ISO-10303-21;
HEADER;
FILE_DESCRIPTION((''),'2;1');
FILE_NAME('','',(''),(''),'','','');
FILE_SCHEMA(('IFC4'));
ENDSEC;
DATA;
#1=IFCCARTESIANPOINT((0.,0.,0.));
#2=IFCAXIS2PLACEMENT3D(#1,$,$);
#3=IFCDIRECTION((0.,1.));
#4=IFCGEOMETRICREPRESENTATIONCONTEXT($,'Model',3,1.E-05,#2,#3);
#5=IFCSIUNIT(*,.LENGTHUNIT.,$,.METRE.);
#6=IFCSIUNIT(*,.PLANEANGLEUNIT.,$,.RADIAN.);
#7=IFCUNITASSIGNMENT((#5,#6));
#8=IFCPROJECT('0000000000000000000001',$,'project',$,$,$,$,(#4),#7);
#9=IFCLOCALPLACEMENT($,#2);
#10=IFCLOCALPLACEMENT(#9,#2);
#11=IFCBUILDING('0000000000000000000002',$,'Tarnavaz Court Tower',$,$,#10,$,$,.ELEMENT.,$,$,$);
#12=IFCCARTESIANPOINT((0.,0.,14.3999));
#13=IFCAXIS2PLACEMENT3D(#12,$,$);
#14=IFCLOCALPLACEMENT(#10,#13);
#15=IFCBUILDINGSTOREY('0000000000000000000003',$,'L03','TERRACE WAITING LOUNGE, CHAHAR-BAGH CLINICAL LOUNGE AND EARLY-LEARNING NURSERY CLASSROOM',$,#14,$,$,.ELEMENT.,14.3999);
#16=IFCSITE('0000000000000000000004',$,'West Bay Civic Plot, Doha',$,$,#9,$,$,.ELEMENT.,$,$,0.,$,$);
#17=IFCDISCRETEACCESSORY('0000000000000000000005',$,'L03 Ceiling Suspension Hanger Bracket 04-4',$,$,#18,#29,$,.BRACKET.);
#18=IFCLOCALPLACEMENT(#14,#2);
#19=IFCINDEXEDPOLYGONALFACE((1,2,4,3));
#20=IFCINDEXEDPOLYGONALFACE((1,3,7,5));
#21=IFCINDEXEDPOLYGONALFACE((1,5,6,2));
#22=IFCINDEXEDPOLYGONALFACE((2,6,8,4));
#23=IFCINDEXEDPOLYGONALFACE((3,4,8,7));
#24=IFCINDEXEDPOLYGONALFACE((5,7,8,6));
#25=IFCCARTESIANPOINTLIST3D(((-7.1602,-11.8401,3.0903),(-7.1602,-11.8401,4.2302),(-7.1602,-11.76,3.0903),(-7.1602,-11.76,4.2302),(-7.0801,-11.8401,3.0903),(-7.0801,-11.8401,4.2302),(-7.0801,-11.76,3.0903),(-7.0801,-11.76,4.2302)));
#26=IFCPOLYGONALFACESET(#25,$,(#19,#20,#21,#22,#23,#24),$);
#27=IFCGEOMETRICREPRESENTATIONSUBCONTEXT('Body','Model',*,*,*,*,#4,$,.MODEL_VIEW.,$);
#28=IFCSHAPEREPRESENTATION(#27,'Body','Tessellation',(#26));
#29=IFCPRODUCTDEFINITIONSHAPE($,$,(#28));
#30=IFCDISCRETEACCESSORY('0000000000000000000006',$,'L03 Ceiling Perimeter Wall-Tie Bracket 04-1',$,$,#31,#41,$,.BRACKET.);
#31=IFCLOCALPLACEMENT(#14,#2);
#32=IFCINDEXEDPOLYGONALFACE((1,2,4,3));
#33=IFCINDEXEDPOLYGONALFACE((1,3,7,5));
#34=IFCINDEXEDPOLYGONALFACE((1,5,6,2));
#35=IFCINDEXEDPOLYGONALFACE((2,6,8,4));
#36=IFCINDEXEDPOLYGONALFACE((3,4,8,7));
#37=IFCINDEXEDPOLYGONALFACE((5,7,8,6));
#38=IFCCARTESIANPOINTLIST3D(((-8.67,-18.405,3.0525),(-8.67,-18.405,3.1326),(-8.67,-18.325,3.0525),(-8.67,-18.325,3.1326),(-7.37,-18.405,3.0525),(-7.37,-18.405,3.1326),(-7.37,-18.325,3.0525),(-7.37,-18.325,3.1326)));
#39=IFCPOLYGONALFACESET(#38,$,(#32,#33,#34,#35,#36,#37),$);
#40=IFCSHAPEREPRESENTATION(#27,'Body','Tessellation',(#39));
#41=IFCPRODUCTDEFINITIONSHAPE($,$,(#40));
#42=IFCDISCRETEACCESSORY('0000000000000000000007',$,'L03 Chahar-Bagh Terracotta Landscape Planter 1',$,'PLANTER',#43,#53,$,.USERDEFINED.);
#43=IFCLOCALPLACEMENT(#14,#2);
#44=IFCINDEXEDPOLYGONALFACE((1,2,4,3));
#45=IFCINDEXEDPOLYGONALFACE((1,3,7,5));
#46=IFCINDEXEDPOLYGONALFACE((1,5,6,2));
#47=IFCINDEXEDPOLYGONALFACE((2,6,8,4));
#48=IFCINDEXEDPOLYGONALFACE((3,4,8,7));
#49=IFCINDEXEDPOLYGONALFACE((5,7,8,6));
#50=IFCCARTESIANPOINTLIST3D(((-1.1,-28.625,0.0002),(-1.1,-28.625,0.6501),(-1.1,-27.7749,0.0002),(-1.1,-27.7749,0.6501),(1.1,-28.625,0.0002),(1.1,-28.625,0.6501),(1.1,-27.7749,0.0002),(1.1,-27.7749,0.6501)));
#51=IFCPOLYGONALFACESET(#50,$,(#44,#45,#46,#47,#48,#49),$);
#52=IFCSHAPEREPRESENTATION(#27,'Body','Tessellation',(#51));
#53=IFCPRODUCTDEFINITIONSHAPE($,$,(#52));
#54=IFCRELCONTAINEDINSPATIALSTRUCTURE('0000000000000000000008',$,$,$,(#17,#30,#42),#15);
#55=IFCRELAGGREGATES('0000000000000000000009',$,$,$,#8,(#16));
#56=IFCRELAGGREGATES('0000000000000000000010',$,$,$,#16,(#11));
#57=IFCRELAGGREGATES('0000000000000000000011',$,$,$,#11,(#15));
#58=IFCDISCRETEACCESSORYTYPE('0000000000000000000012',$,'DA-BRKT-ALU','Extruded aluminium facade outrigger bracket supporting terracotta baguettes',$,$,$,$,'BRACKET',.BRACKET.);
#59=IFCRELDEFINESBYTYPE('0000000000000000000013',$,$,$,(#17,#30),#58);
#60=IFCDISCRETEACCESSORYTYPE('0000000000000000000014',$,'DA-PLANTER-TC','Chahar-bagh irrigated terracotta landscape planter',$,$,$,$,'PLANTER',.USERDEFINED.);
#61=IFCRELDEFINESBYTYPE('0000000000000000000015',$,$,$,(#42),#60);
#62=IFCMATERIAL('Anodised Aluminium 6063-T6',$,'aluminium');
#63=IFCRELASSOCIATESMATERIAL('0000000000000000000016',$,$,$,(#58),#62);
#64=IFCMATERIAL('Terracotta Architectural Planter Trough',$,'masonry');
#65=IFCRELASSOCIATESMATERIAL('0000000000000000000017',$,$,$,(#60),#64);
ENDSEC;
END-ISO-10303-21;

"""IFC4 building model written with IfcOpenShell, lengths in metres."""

from ifc_helpers import new_model, si_unit, direction, frame, origin, origin_2d, place, context, subcontext, project, spatial, rectangle, extrude, material, type_object, element, save


model = new_model("IFC4")

# Units and contexts
model_context = context("Model", 3, precision=1e-05, world=origin(), true_north=direction((0.0, 1.0)))
body_context = subcontext(model_context, "Body", "Model", "MODEL_VIEW")
ifc_project = project(units=[si_unit("LENGTHUNIT", "METRE"), si_unit("PLANEANGLEUNIT", "RADIAN")], contexts=[model_context])

# Site, building, storey
site_placement = place(None, origin())
site = spatial("IfcSite", under=ifc_project, at=site_placement, Name="West Bay Civic Plot, Doha", CompositionType="ELEMENT", RefElevation=0.0)
building_placement = place(site_placement, origin())
building = spatial("IfcBuilding", under=site, at=building_placement, Name="Tarnavaz Court Tower", CompositionType="ELEMENT")
storey_placement = place(building_placement, frame((0.0, 0.0, 14.3999)))
storey = spatial("IfcBuildingStorey", under=building, at=storey_placement, Name="L03", Description="TERRACE WAITING LOUNGE, CHAHAR-BAGH CLINICAL LOUNGE AND EARLY-LEARNING NURSERY CLASSROOM", CompositionType="ELEMENT", Elevation=14.3999)

# Discrete accessories
ifc_material_1 = material(Name="Anodised Aluminium 6063-T6", Category="aluminium")
discrete_accessory_type_1 = type_object("IfcDiscreteAccessoryType", Name="DA-BRKT-ALU", Description="Extruded aluminium facade outrigger bracket supporting terracotta baguettes", ElementType="BRACKET", PredefinedType="BRACKET", material=ifc_material_1)
for number, where, z_axis, x_axis, name in (
    (1, (-7.1201, -11.8, 3.0903), (0.0, 0.0, 1.0), (1.0, 0.0, 0.0), "L03 Ceiling Suspension Hanger Bracket 04-4"),
):
    element("IfcDiscreteAccessory", number, at=place(storey_placement, frame(where, z_axis=z_axis, x_axis=x_axis)), inside=storey, type_object=discrete_accessory_type_1, Name=name, PredefinedType="BRACKET", context=body_context, shape_type="SweptSolid", body=[
        extrude(rectangle(XDim=0.0801, YDim=0.0801, at=origin_2d()), origin(), (0.0, 0.0, 1.0), 1.1399),
    ])
discrete_accessory_1_placement = place(storey_placement, frame((-8.02, -18.365, 3.0525), z_axis=(0.0, 0.0, 1.0), x_axis=(1.0, 0.0, 0.0)))
element("IfcDiscreteAccessory", 2, at=discrete_accessory_1_placement, inside=storey, type_object=discrete_accessory_type_1, Name="L03 Ceiling Perimeter Wall-Tie Bracket 04-1", PredefinedType="BRACKET", context=body_context, shape_type="SweptSolid", body=[
    extrude(rectangle(XDim=1.3, YDim=0.0801, at=origin_2d()), origin(), (0.0, 0.0, 1.0), 0.0801),
])
ifc_material_2 = material(Name="Terracotta Architectural Planter Trough", Category="masonry")
discrete_accessory_type_2 = type_object("IfcDiscreteAccessoryType", Name="DA-PLANTER-TC", Description="Chahar-bagh irrigated terracotta landscape planter", ElementType="PLANTER", PredefinedType="USERDEFINED", material=ifc_material_2)
discrete_accessory_2_placement = place(storey_placement, frame((0.0, -28.2, 0.0002), z_axis=(0.0, 0.0, 1.0), x_axis=(1.0, 0.0, 0.0)))
element("IfcDiscreteAccessory", 3, at=discrete_accessory_2_placement, inside=storey, type_object=discrete_accessory_type_2, Name="L03 Chahar-Bagh Terracotta Landscape Planter 1", ObjectType="PLANTER", PredefinedType="USERDEFINED", context=body_context, shape_type="SweptSolid", body=[
    extrude(rectangle(XDim=2.2, YDim=0.8501, at=origin_2d()), origin(), (0.0, 0.0, 1.0), 0.6499),
])

save(model, "model.ifc")
